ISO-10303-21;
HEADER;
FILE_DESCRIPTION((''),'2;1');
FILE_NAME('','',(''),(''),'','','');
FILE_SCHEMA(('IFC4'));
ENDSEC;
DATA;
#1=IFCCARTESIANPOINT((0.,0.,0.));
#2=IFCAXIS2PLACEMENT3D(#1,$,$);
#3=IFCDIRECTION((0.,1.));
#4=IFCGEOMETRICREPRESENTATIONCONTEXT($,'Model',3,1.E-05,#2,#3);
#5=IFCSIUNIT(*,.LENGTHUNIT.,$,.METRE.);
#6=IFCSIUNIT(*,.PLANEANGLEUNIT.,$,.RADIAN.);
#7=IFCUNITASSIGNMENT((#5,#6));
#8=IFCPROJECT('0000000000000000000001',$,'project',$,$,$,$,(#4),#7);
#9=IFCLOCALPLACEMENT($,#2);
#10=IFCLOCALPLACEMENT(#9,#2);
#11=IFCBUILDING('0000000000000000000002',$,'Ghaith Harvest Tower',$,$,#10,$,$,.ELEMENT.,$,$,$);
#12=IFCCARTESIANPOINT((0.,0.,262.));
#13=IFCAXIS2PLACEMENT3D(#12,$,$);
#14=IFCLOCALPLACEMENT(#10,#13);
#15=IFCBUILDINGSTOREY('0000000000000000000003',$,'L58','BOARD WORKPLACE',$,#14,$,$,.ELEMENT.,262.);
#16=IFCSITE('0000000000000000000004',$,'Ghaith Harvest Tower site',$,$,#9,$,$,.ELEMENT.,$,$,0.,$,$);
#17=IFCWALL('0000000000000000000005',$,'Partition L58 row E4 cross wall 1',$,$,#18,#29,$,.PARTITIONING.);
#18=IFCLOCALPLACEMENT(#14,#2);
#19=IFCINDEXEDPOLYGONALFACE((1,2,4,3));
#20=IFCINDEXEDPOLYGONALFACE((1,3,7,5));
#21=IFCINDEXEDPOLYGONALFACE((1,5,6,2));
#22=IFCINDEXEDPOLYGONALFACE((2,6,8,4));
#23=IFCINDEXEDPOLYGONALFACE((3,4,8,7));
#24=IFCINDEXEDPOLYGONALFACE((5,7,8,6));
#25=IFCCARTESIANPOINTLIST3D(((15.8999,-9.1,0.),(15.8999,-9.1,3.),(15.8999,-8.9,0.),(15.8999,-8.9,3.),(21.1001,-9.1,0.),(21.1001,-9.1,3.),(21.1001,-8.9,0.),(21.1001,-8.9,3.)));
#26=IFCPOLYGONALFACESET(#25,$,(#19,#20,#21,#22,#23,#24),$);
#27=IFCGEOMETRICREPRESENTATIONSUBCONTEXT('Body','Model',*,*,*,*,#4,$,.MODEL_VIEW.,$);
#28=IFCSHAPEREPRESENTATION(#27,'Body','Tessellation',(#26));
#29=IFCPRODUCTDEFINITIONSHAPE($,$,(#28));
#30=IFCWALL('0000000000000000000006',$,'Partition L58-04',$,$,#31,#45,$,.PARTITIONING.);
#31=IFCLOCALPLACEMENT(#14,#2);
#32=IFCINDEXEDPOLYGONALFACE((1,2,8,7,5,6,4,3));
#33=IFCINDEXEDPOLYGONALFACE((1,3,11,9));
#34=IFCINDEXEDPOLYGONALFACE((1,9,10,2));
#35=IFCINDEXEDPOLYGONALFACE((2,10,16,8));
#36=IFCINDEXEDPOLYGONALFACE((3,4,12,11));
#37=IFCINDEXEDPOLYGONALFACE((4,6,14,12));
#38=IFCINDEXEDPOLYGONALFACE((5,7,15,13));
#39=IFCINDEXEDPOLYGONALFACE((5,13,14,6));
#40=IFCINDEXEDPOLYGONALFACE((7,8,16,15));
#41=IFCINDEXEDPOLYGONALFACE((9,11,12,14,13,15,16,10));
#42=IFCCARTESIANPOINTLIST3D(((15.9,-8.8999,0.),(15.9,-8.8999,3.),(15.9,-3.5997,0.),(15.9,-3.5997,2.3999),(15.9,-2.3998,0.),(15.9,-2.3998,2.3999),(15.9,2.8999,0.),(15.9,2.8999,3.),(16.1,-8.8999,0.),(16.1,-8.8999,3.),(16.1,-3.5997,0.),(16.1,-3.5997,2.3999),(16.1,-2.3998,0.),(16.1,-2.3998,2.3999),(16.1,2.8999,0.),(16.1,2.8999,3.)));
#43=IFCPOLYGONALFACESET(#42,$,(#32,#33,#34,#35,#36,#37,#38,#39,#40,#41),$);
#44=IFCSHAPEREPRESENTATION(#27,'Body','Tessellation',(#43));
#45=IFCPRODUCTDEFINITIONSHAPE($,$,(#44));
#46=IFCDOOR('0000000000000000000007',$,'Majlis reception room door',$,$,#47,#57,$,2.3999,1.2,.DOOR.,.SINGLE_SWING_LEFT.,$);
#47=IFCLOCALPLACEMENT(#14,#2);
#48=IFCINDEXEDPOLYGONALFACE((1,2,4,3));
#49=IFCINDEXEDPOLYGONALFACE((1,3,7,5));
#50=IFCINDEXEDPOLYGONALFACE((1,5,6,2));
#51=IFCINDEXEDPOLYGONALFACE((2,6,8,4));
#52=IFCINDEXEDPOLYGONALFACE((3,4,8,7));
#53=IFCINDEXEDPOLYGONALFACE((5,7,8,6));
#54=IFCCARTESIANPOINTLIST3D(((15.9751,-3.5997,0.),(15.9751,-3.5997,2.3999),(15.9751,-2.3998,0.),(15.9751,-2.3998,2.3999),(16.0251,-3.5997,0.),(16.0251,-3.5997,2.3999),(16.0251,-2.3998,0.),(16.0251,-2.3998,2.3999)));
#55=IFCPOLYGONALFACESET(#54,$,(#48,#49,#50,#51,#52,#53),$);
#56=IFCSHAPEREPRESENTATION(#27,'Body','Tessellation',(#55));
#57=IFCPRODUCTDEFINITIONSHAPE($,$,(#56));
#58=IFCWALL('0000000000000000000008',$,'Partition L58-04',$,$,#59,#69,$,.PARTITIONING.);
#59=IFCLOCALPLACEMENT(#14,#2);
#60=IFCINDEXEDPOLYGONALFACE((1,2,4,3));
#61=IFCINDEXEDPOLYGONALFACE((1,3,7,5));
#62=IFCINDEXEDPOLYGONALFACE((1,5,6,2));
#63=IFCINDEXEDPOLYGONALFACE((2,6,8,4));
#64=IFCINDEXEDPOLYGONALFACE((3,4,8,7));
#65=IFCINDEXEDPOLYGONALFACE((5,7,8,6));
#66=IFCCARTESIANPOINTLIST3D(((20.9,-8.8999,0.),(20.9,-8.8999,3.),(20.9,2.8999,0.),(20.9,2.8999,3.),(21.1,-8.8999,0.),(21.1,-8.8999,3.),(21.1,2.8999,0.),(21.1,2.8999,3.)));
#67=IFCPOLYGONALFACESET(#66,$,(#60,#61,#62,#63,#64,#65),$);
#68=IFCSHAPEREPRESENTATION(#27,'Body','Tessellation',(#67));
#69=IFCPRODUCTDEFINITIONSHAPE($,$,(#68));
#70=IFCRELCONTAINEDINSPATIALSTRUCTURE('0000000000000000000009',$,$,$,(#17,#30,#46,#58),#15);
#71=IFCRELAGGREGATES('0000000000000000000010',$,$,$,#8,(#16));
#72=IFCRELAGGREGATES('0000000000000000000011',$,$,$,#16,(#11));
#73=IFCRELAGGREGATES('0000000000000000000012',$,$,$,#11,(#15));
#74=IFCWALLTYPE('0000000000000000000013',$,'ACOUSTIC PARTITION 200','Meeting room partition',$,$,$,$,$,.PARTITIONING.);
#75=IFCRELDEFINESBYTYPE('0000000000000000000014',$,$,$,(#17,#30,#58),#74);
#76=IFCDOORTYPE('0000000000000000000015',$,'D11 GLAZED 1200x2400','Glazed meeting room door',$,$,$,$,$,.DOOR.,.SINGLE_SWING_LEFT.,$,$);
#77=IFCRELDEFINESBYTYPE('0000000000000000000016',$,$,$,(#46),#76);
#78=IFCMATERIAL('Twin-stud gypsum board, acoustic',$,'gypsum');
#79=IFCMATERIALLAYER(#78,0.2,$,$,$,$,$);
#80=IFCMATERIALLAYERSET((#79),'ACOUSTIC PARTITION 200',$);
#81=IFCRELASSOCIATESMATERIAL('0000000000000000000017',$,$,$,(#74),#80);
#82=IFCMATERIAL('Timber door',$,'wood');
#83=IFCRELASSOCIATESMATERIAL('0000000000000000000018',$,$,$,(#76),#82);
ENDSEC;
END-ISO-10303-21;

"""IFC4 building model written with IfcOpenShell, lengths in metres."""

from ifc_helpers import new_model, si_unit, direction, frame, frame_2d, origin, place, context, subcontext, project, spatial, rectangle, extrude, material, layer, layer_set, type_object, element, fill, save


model = new_model("IFC4")

# Units and contexts
model_context = context("Model", 3, precision=1e-05, world=origin(), true_north=direction((0.0, 1.0)))
body_context = subcontext(model_context, "Body", "Model", "MODEL_VIEW")
ifc_project = project(units=[si_unit("LENGTHUNIT", "METRE"), si_unit("PLANEANGLEUNIT", "RADIAN")], contexts=[model_context])

# Site, building, storey
site_placement = place(None, origin())
site = spatial("IfcSite", under=ifc_project, at=site_placement, Name="Ghaith Harvest Tower site", CompositionType="ELEMENT", RefElevation=0.0)
building_placement = place(site_placement, origin())
building = spatial("IfcBuilding", under=site, at=building_placement, Name="Ghaith Harvest Tower", CompositionType="ELEMENT")
storey_placement = place(building_placement, frame((0.0, 0.0, 262.0)))
storey = spatial("IfcBuildingStorey", under=building, at=storey_placement, Name="L58", Description="BOARD WORKPLACE", CompositionType="ELEMENT", Elevation=262.0)

# Wall
ifc_material_1 = material(Name="Twin-stud gypsum board, acoustic", Category="gypsum")
ifc_layer_1 = layer(ifc_material_1, 0.2)
ifc_layer_set_1 = layer_set([ifc_layer_1], Name="ACOUSTIC PARTITION 200")
wall_type_1 = type_object("IfcWallType", Name="ACOUSTIC PARTITION 200", Description="Meeting room partition", PredefinedType="PARTITIONING", material=ifc_layer_set_1)
wall_1_placement = place(storey_placement, frame((15.8999, -9.0, 0.0), z_axis=(0.0, 0.0, 1.0), x_axis=(1.0, 0.0, 0.0)))
element("IfcWall", 1, at=wall_1_placement, inside=storey, type_object=wall_type_1, Name="Partition L58 row E4 cross wall 1", PredefinedType="PARTITIONING", context=body_context, shape_type="SweptSolid", body=[
    extrude(rectangle(XDim=5.2002, YDim=0.2, at=frame_2d((2.6001, 0.0))), origin(), (0.0, 0.0, 1.0), 3.0),
])

# Wall, opening, door
wall_2_placement = place(storey_placement, frame((16.0, -8.8999, 0.0), z_axis=(0.0, 0.0, 1.0), x_axis=(0.0, 1.0, 0.0)))
wall_2 = element("IfcWall", 2, at=wall_2_placement, inside=storey, type_object=wall_type_1, Name="Partition L58-04", PredefinedType="PARTITIONING", context=body_context, shape_type="SweptSolid", body=[
    extrude(rectangle(XDim=11.7998, YDim=0.2, at=frame_2d((5.8999, 0.0))), origin(), (0.0, 0.0, 1.0), 3.0),
])
opening_1_placement = place(wall_2_placement, frame((5.3, 0.0, 0.0)))
opening_1 = element("IfcOpeningElement", 3, at=opening_1_placement, cuts=wall_2, PredefinedType="OPENING", context=body_context, shape_type="SweptSolid", body=[
    extrude(rectangle(XDim=1.2, YDim=2.3999, at=frame_2d((0.6001, 1.2))), frame((0.0, 0.1099, 0.0), z_axis=(0.0, -1.0, 0.0), x_axis=(1.0, 0.0, 0.0)), (0.0, 0.0, 1.0), 0.22),
])
ifc_material_2 = material(Name="Timber door", Category="wood")
door_type_1 = type_object("IfcDoorType", Name="D11 GLAZED 1200x2400", Description="Glazed meeting room door", OperationType="SINGLE_SWING_LEFT", PredefinedType="DOOR", material=ifc_material_2)
door_1_placement = place(opening_1_placement, origin())
door_1 = element("IfcDoor", 4, at=door_1_placement, inside=storey, type_object=door_type_1, Name="Majlis reception room door", OperationType="SINGLE_SWING_LEFT", OverallHeight=2.3999, OverallWidth=1.2, PredefinedType="DOOR", context=body_context, shape_type="SweptSolid", body=[
    extrude(rectangle(XDim=1.2, YDim=2.3999, at=frame_2d((0.6001, 1.2))), frame((0.0, 0.0249, 0.0), z_axis=(0.0, -1.0, 0.0), x_axis=(1.0, 0.0, 0.0)), (0.0, 0.0, 1.0), 0.05),
])
fill(opening_1, door_1)

# Wall
wall_3_placement = place(storey_placement, frame((21.0, -8.8999, 0.0), z_axis=(0.0, 0.0, 1.0), x_axis=(0.0, 1.0, 0.0)))
element("IfcWall", 5, at=wall_3_placement, inside=storey, type_object=wall_type_1, Name="Partition L58-04", PredefinedType="PARTITIONING", context=body_context, shape_type="SweptSolid", body=[
    extrude(rectangle(XDim=11.7998, YDim=0.2, at=frame_2d((5.8999, 0.0))), origin(), (0.0, 0.0, 1.0), 3.0),
])

save(model, "model.ifc")
